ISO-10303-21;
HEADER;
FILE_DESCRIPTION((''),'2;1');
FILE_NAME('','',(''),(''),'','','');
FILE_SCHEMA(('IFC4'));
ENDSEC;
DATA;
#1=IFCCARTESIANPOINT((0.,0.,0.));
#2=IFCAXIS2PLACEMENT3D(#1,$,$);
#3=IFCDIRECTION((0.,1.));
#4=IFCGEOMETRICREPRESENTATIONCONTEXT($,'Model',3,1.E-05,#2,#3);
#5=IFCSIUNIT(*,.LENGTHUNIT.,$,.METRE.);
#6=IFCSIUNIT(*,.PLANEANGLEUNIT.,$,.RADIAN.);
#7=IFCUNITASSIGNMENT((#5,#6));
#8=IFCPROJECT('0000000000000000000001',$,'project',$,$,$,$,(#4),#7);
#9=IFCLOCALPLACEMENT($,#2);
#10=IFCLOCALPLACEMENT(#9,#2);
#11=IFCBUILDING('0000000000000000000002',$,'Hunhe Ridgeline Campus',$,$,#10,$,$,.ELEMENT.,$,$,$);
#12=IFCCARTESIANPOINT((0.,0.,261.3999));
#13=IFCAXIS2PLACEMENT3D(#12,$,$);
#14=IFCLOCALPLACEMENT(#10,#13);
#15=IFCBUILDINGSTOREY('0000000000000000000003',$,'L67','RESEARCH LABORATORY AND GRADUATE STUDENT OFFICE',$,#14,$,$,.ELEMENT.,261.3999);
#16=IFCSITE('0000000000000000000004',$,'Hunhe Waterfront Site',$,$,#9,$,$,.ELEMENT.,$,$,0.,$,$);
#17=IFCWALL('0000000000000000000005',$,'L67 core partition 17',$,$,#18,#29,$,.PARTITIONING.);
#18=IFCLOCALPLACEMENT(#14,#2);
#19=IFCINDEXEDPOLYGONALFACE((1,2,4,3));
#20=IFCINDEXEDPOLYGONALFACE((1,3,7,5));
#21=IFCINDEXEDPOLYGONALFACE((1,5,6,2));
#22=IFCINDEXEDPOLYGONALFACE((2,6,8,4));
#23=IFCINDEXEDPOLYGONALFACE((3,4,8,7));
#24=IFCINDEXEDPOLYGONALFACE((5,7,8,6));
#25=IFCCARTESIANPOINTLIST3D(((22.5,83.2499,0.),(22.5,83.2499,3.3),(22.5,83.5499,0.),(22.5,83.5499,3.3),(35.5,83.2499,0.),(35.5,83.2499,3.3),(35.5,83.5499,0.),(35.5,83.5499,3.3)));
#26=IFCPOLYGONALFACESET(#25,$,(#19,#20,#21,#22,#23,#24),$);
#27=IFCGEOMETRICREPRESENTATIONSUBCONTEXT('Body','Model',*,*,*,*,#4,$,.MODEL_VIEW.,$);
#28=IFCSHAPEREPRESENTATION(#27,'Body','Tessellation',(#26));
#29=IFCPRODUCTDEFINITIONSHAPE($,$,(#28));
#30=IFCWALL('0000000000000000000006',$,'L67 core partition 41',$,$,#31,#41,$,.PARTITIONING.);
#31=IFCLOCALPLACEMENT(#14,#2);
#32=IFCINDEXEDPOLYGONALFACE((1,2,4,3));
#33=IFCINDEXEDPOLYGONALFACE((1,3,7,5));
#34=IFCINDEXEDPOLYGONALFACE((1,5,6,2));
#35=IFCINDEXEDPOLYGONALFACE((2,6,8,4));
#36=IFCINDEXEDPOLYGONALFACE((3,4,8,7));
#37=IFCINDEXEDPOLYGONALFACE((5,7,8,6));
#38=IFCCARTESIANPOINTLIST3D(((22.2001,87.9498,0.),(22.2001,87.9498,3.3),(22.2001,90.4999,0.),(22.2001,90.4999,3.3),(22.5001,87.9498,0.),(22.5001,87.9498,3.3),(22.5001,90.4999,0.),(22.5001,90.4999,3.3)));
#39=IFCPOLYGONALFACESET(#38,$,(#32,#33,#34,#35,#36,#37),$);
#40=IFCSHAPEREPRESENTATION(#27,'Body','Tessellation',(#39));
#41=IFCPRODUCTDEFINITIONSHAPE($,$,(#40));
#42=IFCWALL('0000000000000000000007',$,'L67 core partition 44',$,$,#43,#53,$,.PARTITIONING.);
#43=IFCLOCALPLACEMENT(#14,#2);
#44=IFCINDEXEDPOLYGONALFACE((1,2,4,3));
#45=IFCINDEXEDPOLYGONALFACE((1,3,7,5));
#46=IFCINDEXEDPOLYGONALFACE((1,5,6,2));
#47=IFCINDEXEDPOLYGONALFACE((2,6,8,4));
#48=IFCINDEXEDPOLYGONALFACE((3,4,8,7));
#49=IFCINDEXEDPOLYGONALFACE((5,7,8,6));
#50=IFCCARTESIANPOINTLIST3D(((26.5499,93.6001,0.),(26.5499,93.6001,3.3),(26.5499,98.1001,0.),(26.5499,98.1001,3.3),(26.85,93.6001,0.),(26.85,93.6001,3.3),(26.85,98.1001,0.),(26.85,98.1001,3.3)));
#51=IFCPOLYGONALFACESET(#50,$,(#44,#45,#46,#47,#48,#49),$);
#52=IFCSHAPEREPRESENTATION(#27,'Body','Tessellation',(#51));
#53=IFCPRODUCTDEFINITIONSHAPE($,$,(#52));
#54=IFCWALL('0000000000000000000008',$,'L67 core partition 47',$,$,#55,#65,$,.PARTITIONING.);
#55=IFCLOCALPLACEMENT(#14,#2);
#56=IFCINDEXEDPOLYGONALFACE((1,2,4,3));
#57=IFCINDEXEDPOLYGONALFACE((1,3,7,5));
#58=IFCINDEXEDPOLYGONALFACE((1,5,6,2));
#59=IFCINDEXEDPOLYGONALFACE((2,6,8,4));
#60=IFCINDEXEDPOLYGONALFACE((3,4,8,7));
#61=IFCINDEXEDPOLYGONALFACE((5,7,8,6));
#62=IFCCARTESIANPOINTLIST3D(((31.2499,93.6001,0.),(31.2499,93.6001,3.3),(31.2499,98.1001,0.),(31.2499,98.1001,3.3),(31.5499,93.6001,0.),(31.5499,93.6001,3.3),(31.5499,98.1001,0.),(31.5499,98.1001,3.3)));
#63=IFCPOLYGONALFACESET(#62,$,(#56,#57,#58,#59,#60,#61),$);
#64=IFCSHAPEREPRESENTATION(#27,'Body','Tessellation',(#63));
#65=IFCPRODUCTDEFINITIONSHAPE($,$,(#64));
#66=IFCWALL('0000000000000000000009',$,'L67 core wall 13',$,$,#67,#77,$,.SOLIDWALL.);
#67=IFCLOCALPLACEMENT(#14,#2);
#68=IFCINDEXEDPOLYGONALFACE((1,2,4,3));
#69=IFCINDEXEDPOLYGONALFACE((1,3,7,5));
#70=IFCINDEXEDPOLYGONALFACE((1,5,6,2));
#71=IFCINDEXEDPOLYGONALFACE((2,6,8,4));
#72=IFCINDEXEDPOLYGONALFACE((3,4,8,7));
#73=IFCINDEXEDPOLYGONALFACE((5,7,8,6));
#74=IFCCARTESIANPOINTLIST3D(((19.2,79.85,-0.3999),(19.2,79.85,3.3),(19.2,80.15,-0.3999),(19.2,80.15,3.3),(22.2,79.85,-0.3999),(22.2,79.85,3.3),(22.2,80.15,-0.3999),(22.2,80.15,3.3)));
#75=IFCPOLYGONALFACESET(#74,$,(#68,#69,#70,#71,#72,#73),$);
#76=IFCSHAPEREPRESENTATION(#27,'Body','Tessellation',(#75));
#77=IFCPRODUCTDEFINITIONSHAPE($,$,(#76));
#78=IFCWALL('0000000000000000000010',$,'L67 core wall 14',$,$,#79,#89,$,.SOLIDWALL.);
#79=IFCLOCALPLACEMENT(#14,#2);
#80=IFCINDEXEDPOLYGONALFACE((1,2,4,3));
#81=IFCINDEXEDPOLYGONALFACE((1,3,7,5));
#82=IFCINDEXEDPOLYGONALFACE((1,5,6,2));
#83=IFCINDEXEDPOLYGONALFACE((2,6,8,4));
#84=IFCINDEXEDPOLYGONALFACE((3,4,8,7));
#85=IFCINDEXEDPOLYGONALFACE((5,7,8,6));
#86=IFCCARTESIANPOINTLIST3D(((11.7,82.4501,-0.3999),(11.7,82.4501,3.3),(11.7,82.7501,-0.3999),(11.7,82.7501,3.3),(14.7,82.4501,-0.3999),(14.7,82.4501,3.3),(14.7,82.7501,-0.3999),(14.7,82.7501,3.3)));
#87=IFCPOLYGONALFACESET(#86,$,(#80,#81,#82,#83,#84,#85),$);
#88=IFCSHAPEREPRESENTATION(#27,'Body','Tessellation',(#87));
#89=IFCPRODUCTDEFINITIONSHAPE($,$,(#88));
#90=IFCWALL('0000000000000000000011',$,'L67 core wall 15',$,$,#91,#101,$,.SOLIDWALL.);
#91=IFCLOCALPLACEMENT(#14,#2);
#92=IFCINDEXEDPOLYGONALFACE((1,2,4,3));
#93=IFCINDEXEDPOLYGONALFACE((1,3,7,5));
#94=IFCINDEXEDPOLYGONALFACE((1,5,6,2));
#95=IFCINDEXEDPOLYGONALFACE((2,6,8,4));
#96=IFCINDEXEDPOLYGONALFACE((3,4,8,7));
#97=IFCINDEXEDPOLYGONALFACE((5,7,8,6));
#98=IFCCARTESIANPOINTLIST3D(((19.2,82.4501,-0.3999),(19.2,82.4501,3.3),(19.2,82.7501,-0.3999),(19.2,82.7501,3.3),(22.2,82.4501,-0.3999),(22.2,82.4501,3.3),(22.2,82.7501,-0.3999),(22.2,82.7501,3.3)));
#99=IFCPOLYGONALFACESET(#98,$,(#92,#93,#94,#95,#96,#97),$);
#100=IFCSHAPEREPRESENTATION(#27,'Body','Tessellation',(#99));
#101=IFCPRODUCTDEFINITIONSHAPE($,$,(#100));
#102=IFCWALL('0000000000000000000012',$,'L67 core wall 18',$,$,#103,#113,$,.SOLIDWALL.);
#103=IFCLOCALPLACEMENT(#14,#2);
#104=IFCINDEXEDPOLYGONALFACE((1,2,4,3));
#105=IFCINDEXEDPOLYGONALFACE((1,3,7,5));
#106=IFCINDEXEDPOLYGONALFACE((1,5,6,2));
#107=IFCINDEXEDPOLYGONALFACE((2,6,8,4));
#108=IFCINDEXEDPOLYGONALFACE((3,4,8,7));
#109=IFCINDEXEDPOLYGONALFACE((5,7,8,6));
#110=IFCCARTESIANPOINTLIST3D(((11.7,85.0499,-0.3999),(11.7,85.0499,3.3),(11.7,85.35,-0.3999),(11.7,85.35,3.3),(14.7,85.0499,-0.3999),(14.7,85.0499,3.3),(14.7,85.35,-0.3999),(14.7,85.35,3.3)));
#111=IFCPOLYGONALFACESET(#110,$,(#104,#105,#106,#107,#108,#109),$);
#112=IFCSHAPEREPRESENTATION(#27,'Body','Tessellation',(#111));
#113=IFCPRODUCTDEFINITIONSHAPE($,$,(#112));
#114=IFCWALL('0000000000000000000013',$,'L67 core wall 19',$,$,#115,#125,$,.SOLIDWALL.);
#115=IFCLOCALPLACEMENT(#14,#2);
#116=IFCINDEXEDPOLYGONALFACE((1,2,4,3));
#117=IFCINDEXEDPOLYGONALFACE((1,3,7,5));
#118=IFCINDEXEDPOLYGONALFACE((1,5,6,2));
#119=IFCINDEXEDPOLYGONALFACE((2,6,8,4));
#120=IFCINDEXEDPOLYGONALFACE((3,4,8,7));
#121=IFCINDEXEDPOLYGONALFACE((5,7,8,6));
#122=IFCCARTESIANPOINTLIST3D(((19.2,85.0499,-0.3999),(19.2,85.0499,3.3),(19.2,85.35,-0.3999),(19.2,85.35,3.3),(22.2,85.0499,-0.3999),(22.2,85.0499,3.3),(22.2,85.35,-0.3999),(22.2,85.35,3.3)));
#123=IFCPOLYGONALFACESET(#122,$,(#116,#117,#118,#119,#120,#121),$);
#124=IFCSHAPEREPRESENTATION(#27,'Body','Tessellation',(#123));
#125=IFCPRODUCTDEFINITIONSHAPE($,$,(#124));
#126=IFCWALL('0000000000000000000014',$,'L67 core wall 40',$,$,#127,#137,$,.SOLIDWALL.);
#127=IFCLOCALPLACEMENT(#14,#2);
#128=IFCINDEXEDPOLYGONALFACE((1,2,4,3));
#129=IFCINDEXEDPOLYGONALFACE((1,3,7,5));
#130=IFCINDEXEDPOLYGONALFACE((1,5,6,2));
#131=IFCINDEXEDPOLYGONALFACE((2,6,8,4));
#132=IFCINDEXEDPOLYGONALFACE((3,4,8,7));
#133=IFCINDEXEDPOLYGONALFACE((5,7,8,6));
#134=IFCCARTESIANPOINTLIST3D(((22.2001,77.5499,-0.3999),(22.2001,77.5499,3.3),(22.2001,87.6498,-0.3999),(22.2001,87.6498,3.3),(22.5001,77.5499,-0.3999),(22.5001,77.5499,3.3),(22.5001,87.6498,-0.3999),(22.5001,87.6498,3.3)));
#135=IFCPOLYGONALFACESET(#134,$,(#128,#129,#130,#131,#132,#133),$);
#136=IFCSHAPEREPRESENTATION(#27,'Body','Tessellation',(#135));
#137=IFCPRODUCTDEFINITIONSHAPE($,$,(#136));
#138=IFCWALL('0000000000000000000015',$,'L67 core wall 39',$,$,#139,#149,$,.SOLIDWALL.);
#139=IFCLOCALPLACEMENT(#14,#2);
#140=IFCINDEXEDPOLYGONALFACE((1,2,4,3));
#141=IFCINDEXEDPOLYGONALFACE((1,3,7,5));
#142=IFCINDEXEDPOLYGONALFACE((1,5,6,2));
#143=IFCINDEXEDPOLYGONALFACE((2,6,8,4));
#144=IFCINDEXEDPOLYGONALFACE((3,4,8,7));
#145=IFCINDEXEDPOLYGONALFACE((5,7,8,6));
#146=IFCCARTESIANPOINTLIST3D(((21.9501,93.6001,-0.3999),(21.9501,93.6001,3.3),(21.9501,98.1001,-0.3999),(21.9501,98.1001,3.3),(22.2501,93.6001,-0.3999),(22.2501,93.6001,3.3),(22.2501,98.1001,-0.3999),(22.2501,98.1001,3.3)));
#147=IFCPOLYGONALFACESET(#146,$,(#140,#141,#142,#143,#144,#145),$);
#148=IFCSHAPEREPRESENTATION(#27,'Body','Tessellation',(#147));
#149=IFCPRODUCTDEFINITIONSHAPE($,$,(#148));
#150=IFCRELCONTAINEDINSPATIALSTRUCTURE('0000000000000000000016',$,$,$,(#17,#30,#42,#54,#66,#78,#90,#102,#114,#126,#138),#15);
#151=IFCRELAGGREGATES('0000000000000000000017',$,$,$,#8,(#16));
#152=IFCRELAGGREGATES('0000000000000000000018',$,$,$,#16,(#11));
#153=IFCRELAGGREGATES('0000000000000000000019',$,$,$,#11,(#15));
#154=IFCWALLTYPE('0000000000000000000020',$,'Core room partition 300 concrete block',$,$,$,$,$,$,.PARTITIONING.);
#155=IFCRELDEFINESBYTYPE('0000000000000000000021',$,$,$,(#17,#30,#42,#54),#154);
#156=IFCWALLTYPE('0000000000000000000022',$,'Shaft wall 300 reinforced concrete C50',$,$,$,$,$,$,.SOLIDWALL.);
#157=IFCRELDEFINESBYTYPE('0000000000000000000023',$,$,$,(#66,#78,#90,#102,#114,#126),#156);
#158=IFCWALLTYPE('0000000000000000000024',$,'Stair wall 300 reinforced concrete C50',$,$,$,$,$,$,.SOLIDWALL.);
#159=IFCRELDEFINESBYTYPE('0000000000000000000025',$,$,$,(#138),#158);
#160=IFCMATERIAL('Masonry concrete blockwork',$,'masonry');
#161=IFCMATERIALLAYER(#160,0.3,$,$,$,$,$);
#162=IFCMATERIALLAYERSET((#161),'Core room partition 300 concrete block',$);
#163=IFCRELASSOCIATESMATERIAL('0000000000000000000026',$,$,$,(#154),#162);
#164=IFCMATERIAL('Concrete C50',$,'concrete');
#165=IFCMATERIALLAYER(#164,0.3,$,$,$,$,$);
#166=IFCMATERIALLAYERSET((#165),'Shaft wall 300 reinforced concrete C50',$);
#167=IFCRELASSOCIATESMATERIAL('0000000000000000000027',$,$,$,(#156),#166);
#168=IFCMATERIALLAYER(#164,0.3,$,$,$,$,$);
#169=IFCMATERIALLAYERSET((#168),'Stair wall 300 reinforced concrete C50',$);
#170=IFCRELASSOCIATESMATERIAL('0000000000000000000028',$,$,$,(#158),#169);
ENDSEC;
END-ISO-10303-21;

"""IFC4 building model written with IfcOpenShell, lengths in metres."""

from ifc_helpers import new_model, si_unit, direction, frame, frame_2d, origin, place, context, subcontext, project, spatial, rectangle, extrude, material, layer, layer_set, type_object, element, save


model = new_model("IFC4")

# Units and contexts
model_context = context("Model", 3, precision=1e-05, world=origin(), true_north=direction((0.0, 1.0)))
body_context = subcontext(model_context, "Body", "Model", "MODEL_VIEW")
ifc_project = project(units=[si_unit("LENGTHUNIT", "METRE"), si_unit("PLANEANGLEUNIT", "RADIAN")], contexts=[model_context])

# Site, building, storey
site_placement = place(None, origin())
site = spatial("IfcSite", under=ifc_project, at=site_placement, Name="Hunhe Waterfront Site", CompositionType="ELEMENT", RefElevation=0.0)
building_placement = place(site_placement, origin())
building = spatial("IfcBuilding", under=site, at=building_placement, Name="Hunhe Ridgeline Campus", CompositionType="ELEMENT")
storey_placement = place(building_placement, frame((0.0, 0.0, 261.3999)))
storey = spatial("IfcBuildingStorey", under=building, at=storey_placement, Name="L67", Description="RESEARCH LABORATORY AND GRADUATE STUDENT OFFICE", CompositionType="ELEMENT", Elevation=261.3999)

# Shared definitions
ifc_material_1 = material(Name="Masonry concrete blockwork", Category="masonry")
ifc_layer_1 = layer(ifc_material_1, 0.3)
ifc_layer_set_1 = layer_set([ifc_layer_1], Name="Core room partition 300 concrete block")
wall_type_1 = type_object("IfcWallType", Name="Core room partition 300 concrete block", PredefinedType="PARTITIONING", material=ifc_layer_set_1)

# Walls
wall_1_placement = place(storey_placement, frame((22.5, 83.3999, 0.0), z_axis=(0.0, 0.0, 1.0), x_axis=(1.0, 0.0, 0.0)))
element("IfcWall", 1, at=wall_1_placement, inside=storey, type_object=wall_type_1, Name="L67 core partition 17", PredefinedType="PARTITIONING", context=body_context, shape_type="SweptSolid", body=[
    extrude(rectangle(XDim=13.0, YDim=0.3, at=frame_2d((6.5, 0.0))), origin(), (0.0, 0.0, 1.0), 3.3),
])
wall_2_placement = place(storey_placement, frame((22.3501, 87.95, 0.0), z_axis=(0.0, 0.0, 1.0), x_axis=(0.0, 1.0, 0.0)))
element("IfcWall", 2, at=wall_2_placement, inside=storey, type_object=wall_type_1, Name="L67 core partition 41", PredefinedType="PARTITIONING", context=body_context, shape_type="SweptSolid", body=[
    extrude(rectangle(XDim=2.55, YDim=0.3, at=frame_2d((1.2749, 0.0))), origin(), (0.0, 0.0, 1.0), 3.3),
])
for number, where, z_axis, x_axis, name in (
    (3, (26.7, 93.6001, 0.0), (0.0, 0.0, 1.0), (0.0, 1.0, 0.0), "L67 core partition 44"),
    (4, (31.3999, 93.6001, 0.0), (0.0, 0.0, 1.0), (0.0, 1.0, 0.0), "L67 core partition 47"),
):
    element("IfcWall", number, at=place(storey_placement, frame(where, z_axis=z_axis, x_axis=x_axis)), inside=storey, type_object=wall_type_1, Name=name, PredefinedType="PARTITIONING", context=body_context, shape_type="SweptSolid", body=[
        extrude(rectangle(XDim=4.5, YDim=0.3, at=frame_2d((2.25, 0.0))), origin(), (0.0, 0.0, 1.0), 3.3),
    ])
ifc_material_2 = material(Name="Concrete C50", Category="concrete")
ifc_layer_2 = layer(ifc_material_2, 0.3)
ifc_layer_set_2 = layer_set([ifc_layer_2], Name="Shaft wall 300 reinforced concrete C50")
wall_type_2 = type_object("IfcWallType", Name="Shaft wall 300 reinforced concrete C50", PredefinedType="SOLIDWALL", material=ifc_layer_set_2)
for number, where, z_axis, x_axis, name in (
    (5, (19.2, 80.0, -0.3999), (0.0, 0.0, 1.0), (1.0, 0.0, 0.0), "L67 core wall 13"),
    (6, (11.7, 82.6001, -0.3999), (0.0, 0.0, 1.0), (1.0, 0.0, 0.0), "L67 core wall 14"),
    (7, (19.2, 82.6001, -0.3999), (0.0, 0.0, 1.0), (1.0, 0.0, 0.0), "L67 core wall 15"),
    (8, (11.7, 85.2, -0.3999), (0.0, 0.0, 1.0), (1.0, 0.0, 0.0), "L67 core wall 18"),
    (9, (19.2, 85.2, -0.3999), (0.0, 0.0, 1.0), (1.0, 0.0, 0.0), "L67 core wall 19"),
):
    element("IfcWall", number, at=place(storey_placement, frame(where, z_axis=z_axis, x_axis=x_axis)), inside=storey, type_object=wall_type_2, Name=name, PredefinedType="SOLIDWALL", context=body_context, shape_type="SweptSolid", body=[
        extrude(rectangle(XDim=3.0, YDim=0.3, at=frame_2d((1.5, 0.0))), origin(), (0.0, 0.0, 1.0), 3.7),
    ])

# Wall
wall_3_placement = place(storey_placement, frame((22.3501, 77.55, -0.3999), z_axis=(0.0, 0.0, 1.0), x_axis=(0.0, 1.0, 0.0)))
element("IfcWall", 10, at=wall_3_placement, inside=storey, type_object=wall_type_2, Name="L67 core wall 40", PredefinedType="SOLIDWALL", context=body_context, shape_type="SweptSolid", body=[
    extrude(rectangle(XDim=10.0999, YDim=0.3, at=frame_2d((5.0498, 0.0))), origin(), (0.0, 0.0, 1.0), 3.7),
])

# Shared definitions
ifc_layer_3 = layer(ifc_material_2, 0.3)
ifc_layer_set_3 = layer_set([ifc_layer_3], Name="Stair wall 300 reinforced concrete C50")
wall_type_3 = type_object("IfcWallType", Name="Stair wall 300 reinforced concrete C50", PredefinedType="SOLIDWALL", material=ifc_layer_set_3)

# Wall
wall_4_placement = place(storey_placement, frame((22.1001, 93.6001, -0.3999), z_axis=(0.0, 0.0, 1.0), x_axis=(0.0, 1.0, 0.0)))
element("IfcWall", 11, at=wall_4_placement, inside=storey, type_object=wall_type_3, Name="L67 core wall 39", PredefinedType="SOLIDWALL", context=body_context, shape_type="SweptSolid", body=[
    extrude(rectangle(XDim=4.5, YDim=0.3, at=frame_2d((2.25, 0.0))), origin(), (0.0, 0.0, 1.0), 3.7),
])

save(model, "model.ifc")
